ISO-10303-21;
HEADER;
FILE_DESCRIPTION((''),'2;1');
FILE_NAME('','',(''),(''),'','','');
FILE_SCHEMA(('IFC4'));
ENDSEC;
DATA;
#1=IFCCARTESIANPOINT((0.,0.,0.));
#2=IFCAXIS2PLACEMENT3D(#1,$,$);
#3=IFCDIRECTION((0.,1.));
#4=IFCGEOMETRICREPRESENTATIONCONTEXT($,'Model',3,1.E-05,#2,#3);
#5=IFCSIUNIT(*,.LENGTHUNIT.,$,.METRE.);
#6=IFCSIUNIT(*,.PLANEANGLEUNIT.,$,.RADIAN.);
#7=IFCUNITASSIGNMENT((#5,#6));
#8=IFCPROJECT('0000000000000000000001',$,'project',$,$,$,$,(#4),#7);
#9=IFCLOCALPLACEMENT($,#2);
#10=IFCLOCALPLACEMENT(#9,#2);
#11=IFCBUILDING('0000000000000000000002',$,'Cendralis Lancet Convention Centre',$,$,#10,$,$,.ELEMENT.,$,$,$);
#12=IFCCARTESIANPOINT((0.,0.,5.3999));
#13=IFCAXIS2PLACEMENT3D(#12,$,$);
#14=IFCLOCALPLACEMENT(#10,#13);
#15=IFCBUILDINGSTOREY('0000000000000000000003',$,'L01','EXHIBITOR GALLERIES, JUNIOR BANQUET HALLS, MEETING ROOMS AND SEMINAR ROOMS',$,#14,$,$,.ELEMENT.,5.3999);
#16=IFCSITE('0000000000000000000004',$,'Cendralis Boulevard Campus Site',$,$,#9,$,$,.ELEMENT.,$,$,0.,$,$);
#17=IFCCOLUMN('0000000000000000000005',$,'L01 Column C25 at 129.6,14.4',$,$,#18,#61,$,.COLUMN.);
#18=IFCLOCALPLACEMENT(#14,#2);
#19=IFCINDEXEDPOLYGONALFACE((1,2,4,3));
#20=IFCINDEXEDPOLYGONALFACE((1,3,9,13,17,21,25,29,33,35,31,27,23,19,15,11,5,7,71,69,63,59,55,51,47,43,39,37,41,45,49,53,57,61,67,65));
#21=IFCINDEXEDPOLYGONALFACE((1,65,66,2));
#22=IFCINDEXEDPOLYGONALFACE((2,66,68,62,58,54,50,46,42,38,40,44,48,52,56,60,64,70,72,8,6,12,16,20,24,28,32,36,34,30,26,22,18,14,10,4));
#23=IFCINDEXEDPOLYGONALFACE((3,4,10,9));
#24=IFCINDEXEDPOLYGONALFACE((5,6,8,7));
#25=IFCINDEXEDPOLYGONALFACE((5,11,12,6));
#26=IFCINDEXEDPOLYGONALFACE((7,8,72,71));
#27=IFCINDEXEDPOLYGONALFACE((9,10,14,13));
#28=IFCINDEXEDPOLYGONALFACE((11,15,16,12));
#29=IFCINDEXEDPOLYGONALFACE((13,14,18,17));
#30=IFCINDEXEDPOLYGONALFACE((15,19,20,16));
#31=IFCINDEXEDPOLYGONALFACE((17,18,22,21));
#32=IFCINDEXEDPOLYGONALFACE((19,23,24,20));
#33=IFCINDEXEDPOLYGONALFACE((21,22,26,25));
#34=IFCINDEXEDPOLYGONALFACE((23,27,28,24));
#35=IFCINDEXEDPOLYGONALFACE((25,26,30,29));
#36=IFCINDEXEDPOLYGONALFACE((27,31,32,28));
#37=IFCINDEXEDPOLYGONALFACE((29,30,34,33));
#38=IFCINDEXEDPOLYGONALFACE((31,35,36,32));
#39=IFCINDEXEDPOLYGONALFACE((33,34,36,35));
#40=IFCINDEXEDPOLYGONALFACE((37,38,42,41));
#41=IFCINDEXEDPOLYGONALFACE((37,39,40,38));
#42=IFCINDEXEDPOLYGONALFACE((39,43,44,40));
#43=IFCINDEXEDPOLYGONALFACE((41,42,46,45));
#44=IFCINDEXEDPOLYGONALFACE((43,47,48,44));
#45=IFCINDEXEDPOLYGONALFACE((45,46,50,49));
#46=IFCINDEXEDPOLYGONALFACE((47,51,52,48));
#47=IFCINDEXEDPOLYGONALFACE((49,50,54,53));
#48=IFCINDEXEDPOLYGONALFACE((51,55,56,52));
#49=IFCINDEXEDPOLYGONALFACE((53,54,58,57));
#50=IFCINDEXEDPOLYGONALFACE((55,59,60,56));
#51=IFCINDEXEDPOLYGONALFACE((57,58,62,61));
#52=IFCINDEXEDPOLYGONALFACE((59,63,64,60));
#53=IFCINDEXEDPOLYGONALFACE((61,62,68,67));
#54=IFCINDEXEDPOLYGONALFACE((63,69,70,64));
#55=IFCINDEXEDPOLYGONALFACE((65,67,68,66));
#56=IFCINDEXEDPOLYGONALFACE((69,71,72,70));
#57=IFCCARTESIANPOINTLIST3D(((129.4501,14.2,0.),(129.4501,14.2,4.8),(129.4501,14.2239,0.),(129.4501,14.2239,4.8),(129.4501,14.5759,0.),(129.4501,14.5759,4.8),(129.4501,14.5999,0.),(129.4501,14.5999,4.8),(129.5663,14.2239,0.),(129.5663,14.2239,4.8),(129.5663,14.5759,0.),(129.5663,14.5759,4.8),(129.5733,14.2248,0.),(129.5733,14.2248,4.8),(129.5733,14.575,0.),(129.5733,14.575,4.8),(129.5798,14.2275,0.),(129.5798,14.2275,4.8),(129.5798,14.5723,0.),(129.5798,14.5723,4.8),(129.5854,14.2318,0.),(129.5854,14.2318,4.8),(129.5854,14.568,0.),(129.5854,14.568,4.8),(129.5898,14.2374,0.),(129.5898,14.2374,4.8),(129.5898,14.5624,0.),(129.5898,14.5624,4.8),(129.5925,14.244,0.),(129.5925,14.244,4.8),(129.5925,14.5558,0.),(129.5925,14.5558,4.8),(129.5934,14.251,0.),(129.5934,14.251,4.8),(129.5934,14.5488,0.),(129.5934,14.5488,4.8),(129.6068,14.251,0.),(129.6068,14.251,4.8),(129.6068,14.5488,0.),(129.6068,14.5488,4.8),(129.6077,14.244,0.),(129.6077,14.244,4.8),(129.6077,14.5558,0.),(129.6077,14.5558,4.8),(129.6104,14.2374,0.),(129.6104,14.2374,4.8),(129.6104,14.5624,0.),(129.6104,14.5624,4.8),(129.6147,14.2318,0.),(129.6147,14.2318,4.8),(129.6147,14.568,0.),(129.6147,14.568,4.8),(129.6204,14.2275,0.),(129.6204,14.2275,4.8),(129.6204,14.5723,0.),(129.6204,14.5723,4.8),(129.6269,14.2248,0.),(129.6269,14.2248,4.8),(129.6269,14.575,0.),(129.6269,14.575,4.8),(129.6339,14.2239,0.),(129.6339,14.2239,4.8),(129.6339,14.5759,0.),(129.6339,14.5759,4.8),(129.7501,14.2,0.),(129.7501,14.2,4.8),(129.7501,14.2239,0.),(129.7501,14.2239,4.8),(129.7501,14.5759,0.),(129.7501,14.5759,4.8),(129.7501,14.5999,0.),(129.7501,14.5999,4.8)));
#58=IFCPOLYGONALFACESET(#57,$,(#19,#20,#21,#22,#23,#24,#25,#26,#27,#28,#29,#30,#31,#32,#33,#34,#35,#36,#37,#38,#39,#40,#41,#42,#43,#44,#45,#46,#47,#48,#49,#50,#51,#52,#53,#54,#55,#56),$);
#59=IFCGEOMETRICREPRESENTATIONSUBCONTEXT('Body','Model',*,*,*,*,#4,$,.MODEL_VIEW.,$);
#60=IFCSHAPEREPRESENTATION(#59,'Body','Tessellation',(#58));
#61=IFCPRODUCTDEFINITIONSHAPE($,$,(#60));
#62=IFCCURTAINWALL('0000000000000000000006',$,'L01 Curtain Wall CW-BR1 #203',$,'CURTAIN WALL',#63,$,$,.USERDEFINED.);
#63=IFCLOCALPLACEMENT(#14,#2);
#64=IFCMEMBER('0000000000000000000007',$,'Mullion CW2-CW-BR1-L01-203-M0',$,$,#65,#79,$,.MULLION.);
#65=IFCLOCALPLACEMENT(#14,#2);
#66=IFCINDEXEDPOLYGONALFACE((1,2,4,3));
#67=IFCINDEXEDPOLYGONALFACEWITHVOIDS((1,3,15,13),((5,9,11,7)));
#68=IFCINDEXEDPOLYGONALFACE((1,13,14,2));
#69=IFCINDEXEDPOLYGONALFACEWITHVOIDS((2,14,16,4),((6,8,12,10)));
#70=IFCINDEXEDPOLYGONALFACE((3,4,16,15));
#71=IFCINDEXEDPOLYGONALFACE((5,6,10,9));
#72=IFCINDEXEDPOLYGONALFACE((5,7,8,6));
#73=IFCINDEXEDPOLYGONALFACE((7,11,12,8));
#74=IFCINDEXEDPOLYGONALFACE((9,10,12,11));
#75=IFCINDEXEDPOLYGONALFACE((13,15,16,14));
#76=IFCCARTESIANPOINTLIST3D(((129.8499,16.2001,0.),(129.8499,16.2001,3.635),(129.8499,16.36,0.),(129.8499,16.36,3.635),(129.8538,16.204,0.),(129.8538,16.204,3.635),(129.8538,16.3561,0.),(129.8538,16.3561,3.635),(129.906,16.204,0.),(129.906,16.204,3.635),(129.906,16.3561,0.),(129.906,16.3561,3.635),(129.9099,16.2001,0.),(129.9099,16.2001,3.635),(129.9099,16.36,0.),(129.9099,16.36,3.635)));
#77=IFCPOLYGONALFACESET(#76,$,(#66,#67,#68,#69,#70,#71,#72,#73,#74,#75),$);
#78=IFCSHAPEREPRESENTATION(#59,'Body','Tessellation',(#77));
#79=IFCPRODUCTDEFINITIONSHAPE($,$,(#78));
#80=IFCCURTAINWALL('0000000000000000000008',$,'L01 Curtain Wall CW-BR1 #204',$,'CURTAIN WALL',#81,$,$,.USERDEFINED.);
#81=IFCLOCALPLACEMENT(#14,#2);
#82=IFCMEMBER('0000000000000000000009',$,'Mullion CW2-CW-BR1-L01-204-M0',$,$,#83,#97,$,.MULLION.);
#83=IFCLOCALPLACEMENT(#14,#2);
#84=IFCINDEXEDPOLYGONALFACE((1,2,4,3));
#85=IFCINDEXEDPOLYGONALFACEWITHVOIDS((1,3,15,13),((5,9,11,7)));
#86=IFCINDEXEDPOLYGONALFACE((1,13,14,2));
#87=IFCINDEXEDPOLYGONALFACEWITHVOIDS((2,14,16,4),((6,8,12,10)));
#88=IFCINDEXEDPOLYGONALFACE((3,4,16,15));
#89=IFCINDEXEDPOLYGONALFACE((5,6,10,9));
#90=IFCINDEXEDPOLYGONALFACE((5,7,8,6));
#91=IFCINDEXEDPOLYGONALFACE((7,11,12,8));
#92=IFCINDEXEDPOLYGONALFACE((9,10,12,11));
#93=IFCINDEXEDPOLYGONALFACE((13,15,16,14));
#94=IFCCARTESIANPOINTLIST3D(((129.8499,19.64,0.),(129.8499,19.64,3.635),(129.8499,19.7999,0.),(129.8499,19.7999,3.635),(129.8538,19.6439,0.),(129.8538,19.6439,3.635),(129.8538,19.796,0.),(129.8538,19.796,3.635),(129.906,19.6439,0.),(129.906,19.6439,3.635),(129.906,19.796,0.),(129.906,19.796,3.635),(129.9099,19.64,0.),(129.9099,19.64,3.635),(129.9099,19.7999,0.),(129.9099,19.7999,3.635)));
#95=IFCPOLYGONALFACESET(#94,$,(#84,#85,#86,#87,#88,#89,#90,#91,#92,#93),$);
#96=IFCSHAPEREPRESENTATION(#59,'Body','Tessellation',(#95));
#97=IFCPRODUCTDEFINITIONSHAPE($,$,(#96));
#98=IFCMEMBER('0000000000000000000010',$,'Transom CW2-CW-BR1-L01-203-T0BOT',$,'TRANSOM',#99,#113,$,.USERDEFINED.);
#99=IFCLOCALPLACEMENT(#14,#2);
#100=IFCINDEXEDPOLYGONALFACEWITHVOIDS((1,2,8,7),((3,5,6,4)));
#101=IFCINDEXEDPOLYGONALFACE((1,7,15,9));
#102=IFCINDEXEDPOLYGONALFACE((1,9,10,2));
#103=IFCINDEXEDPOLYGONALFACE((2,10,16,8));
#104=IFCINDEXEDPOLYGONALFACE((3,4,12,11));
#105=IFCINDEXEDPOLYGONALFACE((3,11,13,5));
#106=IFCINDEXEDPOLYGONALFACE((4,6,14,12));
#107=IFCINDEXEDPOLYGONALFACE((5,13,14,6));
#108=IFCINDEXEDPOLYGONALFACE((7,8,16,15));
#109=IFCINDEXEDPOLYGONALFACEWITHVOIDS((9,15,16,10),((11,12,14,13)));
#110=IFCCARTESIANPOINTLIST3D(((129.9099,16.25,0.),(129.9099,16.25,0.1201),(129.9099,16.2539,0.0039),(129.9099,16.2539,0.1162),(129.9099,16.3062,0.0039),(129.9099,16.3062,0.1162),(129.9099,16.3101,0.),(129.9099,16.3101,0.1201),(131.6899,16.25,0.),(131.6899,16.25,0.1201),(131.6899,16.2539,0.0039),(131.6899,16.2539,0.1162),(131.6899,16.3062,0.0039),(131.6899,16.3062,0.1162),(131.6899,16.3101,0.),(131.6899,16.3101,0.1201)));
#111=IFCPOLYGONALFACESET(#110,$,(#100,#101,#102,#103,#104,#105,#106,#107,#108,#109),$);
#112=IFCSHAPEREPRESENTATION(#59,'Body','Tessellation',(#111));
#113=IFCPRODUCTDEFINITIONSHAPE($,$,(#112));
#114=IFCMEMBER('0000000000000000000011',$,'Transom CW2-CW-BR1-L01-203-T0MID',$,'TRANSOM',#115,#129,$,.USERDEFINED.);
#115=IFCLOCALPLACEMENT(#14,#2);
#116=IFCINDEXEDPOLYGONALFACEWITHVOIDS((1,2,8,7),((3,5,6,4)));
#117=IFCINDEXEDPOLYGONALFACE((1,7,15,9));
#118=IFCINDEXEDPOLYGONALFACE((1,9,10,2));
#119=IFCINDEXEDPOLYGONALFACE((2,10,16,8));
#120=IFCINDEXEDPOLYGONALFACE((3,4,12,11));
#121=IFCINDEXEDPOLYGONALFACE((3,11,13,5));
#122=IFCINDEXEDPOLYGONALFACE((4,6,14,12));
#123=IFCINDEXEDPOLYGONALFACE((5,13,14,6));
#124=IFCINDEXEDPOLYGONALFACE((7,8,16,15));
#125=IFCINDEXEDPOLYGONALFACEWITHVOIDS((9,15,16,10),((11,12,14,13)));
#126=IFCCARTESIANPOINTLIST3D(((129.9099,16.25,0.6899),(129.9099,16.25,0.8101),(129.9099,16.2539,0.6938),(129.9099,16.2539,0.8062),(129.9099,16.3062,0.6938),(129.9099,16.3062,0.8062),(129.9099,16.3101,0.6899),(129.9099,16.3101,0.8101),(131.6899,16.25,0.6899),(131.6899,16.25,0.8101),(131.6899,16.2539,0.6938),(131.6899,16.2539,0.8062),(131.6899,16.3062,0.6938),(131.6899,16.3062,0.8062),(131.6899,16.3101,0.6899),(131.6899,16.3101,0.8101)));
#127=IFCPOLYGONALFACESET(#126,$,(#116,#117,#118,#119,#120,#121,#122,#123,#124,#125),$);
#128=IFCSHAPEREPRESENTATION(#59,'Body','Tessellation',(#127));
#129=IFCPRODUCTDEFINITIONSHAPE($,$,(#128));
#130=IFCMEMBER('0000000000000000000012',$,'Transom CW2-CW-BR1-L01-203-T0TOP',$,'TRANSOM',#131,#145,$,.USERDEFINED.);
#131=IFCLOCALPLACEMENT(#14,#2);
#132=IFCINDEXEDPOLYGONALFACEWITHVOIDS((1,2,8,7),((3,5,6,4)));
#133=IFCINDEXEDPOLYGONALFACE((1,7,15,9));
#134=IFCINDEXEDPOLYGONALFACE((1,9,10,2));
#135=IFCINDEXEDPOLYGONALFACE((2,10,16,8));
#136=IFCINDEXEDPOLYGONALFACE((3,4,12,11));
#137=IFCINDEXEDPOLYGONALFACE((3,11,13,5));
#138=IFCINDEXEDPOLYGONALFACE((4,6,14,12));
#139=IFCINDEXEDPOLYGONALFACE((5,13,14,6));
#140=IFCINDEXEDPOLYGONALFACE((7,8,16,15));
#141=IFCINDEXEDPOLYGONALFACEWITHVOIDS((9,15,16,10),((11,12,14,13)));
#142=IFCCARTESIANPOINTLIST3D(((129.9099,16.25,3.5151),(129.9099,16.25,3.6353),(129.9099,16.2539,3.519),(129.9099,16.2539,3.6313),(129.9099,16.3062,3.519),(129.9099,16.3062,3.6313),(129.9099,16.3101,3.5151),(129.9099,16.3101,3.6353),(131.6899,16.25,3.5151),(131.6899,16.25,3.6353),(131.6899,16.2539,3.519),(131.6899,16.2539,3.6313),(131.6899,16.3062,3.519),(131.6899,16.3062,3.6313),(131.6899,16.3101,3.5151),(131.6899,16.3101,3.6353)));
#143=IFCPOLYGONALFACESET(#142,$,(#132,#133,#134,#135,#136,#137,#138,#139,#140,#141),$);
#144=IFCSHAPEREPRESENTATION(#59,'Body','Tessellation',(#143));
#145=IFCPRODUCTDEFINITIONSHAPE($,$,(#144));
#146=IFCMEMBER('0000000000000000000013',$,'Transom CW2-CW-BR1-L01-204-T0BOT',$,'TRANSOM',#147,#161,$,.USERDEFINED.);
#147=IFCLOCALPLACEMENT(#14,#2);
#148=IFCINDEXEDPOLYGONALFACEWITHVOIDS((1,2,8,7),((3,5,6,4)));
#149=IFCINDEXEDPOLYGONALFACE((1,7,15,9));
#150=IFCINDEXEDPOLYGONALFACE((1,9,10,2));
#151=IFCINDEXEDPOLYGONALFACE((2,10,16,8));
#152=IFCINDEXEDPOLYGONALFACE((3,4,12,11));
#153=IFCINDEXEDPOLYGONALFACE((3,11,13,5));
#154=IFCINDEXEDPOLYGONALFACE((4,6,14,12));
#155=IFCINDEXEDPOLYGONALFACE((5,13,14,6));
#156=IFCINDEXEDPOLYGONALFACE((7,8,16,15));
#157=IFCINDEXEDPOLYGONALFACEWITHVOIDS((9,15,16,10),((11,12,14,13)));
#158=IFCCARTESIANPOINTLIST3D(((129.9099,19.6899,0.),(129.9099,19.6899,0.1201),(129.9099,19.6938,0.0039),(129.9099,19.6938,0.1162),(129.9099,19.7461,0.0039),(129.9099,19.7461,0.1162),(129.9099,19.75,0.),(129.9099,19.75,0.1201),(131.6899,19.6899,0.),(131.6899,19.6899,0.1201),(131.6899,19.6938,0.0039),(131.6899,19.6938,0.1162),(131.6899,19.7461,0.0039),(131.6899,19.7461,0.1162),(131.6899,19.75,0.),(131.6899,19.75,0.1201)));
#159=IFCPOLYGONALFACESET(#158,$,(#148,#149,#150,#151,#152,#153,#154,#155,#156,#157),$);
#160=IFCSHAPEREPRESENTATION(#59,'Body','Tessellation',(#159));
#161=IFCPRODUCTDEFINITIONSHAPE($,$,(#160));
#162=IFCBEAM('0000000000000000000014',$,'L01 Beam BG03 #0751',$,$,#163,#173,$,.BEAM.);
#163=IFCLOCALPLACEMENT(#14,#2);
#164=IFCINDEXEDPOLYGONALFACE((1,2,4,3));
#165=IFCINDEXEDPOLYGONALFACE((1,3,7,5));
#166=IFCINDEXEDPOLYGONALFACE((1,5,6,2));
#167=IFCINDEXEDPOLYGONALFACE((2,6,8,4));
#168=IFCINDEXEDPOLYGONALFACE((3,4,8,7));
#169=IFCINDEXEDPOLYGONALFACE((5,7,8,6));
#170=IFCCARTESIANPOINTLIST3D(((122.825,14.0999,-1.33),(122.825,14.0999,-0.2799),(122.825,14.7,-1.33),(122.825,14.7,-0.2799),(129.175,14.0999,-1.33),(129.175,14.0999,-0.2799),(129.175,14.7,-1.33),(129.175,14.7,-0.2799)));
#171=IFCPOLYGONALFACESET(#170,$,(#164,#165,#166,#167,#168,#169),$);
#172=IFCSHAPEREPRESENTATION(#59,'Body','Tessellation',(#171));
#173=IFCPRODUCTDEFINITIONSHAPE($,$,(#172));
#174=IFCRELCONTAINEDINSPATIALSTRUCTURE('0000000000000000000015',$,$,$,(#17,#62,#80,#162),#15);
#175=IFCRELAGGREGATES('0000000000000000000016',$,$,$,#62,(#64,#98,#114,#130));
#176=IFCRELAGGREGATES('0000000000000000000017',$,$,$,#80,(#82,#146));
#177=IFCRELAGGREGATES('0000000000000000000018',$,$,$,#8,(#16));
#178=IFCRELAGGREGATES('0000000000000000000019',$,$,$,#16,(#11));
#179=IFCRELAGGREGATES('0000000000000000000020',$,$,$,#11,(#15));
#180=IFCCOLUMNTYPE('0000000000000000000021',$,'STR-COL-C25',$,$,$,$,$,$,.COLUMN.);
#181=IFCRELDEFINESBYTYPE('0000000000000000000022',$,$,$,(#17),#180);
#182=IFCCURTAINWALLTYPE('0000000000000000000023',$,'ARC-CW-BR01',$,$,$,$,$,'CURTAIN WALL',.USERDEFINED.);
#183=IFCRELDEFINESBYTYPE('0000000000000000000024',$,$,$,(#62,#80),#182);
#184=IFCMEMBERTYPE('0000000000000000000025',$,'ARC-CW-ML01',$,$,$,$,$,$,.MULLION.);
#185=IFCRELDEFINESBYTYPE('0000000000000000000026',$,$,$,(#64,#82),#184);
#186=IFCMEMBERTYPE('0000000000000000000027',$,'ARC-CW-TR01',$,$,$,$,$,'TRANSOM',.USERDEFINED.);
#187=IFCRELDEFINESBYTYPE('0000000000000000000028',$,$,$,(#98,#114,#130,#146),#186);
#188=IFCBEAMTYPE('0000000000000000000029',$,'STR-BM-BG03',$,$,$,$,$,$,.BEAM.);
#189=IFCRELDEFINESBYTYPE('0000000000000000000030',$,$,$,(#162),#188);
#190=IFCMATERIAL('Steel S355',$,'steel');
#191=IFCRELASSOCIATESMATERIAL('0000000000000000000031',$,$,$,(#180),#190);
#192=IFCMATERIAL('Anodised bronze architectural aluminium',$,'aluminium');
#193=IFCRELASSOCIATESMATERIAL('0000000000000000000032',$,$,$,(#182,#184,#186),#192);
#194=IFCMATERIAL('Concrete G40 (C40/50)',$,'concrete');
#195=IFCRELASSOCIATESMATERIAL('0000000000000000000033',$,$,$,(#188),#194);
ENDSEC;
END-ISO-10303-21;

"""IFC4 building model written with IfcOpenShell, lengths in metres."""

from ifc_helpers import new_model, si_unit, direction, frame, origin, origin_2d, place, context, subcontext, project, spatial, rectangle, hollow_rectangle, i_section, extrude, material, material_profile, profile_set, type_object, element, aggregate, save


model = new_model("IFC4")

# Units and contexts
model_context = context("Model", 3, precision=1e-05, world=origin(), true_north=direction((0.0, 1.0)))
body_context = subcontext(model_context, "Body", "Model", "MODEL_VIEW")
ifc_project = project(units=[si_unit("LENGTHUNIT", "METRE"), si_unit("PLANEANGLEUNIT", "RADIAN")], contexts=[model_context])

# Site, building, storey
site_placement = place(None, origin())
site = spatial("IfcSite", under=ifc_project, at=site_placement, Name="Cendralis Boulevard Campus Site", CompositionType="ELEMENT", RefElevation=0.0)
building_placement = place(site_placement, origin())
building = spatial("IfcBuilding", under=site, at=building_placement, Name="Cendralis Lancet Convention Centre", CompositionType="ELEMENT")
storey_placement = place(building_placement, frame((0.0, 0.0, 5.3999)))
storey = spatial("IfcBuildingStorey", under=building, at=storey_placement, Name="L01", Description="EXHIBITOR GALLERIES, JUNIOR BANQUET HALLS, MEETING ROOMS AND SEMINAR ROOMS", CompositionType="ELEMENT", Elevation=5.3999)

# Column
ifc_material_1 = material(Name="Steel S355", Category="steel")
ifc_material_profile_1 = material_profile(ifc_material_1, i_section(OverallWidth=0.3, OverallDepth=0.3999, WebThickness=0.0134, FlangeThickness=0.0239, FilletRadius=0.0271, at=origin_2d()), Name="HEB 400")
ifc_profile_set_1 = profile_set([ifc_material_profile_1], Name="Steel S355")
column_type = type_object("IfcColumnType", Name="STR-COL-C25", PredefinedType="COLUMN", material=ifc_profile_set_1)
column_placement = place(storey_placement, frame((129.6001, 14.3999, 0.0), z_axis=(0.0, 0.0, 1.0), x_axis=(1.0, 0.0, 0.0)))
element("IfcColumn", 1, at=column_placement, inside=storey, type_object=column_type, Name="L01 Column C25 at 129.6,14.4", PredefinedType="COLUMN", context=body_context, shape_type="SweptSolid", body=[
    extrude(i_section(OverallWidth=0.3, OverallDepth=0.3999, WebThickness=0.0134, FlangeThickness=0.0239, FilletRadius=0.0271, at=origin_2d()), origin(), (0.0, 0.0, 1.0), 4.8),
])

# Curtain walls, members
ifc_material_2 = material(Name="Anodised bronze architectural aluminium", Category="aluminium")
curtain_wall_type = type_object("IfcCurtainWallType", Name="ARC-CW-BR01", ElementType="CURTAIN WALL", PredefinedType="USERDEFINED", material=ifc_material_2)
curtain_wall_1_placement = place(storey_placement, origin())
curtain_wall_1 = element("IfcCurtainWall", 2, at=curtain_wall_1_placement, inside=storey, type_object=curtain_wall_type, Name="L01 Curtain Wall CW-BR1 #203", ObjectType="CURTAIN WALL", PredefinedType="USERDEFINED")
ifc_material_profile_2 = material_profile(ifc_material_2, hollow_rectangle(XDim=0.0601, YDim=0.1599, WallThickness=0.0039, at=origin_2d()), Name="AL-MULL 60x160x4.0")
ifc_profile_set_2 = profile_set([ifc_material_profile_2], Name="Anodised bronze architectural aluminium")
member_type_1 = type_object("IfcMemberType", Name="ARC-CW-ML01", PredefinedType="MULLION", material=ifc_profile_set_2)
member_1_placement = place(storey_placement, frame((129.8799, 16.28, 0.0), z_axis=(0.0, 0.0, 1.0), x_axis=(1.0, 0.0, 0.0)))
member_1 = element("IfcMember", 3, at=member_1_placement, type_object=member_type_1, Name="Mullion CW2-CW-BR1-L01-203-M0", PredefinedType="MULLION", context=body_context, shape_type="SweptSolid", body=[
    extrude(hollow_rectangle(XDim=0.0601, YDim=0.1599, WallThickness=0.0039, at=origin_2d()), origin(), (0.0, 0.0, 1.0), 3.635),
])
curtain_wall_2_placement = place(storey_placement, origin())
curtain_wall_2 = element("IfcCurtainWall", 4, at=curtain_wall_2_placement, inside=storey, type_object=curtain_wall_type, Name="L01 Curtain Wall CW-BR1 #204", ObjectType="CURTAIN WALL", PredefinedType="USERDEFINED")
member_2_placement = place(storey_placement, frame((129.8799, 19.72, 0.0), z_axis=(0.0, 0.0, 1.0), x_axis=(1.0, 0.0, 0.0)))
member_2 = element("IfcMember", 5, at=member_2_placement, type_object=member_type_1, Name="Mullion CW2-CW-BR1-L01-204-M0", PredefinedType="MULLION", context=body_context, shape_type="SweptSolid", body=[
    extrude(hollow_rectangle(XDim=0.0601, YDim=0.1599, WallThickness=0.0039, at=origin_2d()), origin(), (0.0, 0.0, 1.0), 3.635),
])

# Members
ifc_material_profile_3 = material_profile(ifc_material_2, hollow_rectangle(XDim=0.0601, YDim=0.1201, WallThickness=0.0039, at=origin_2d()), Name="AL-TRAN 60x120x4.0")
ifc_profile_set_3 = profile_set([ifc_material_profile_3], Name="Anodised bronze architectural aluminium")
member_type_2 = type_object("IfcMemberType", Name="ARC-CW-TR01", ElementType="TRANSOM", PredefinedType="USERDEFINED", material=ifc_profile_set_3)
member_3_placement = place(storey_placement, frame((129.9099, 16.28, 0.0601), z_axis=(1.0, 0.0, 0.0), x_axis=(0.0, 1.0, 0.0)))
member_3 = element("IfcMember", 6, at=member_3_placement, type_object=member_type_2, Name="Transom CW2-CW-BR1-L01-203-T0BOT", ObjectType="TRANSOM", PredefinedType="USERDEFINED", context=body_context, shape_type="SweptSolid", body=[
    extrude(hollow_rectangle(XDim=0.0601, YDim=0.1201, WallThickness=0.0039, at=origin_2d()), origin(), (0.0, 0.0, 1.0), 1.78),
])
member_4_placement = place(storey_placement, frame((129.9099, 16.28, 0.75), z_axis=(1.0, 0.0, 0.0), x_axis=(0.0, 1.0, 0.0)))
member_4 = element("IfcMember", 7, at=member_4_placement, type_object=member_type_2, Name="Transom CW2-CW-BR1-L01-203-T0MID", ObjectType="TRANSOM", PredefinedType="USERDEFINED", context=body_context, shape_type="SweptSolid", body=[
    extrude(hollow_rectangle(XDim=0.0601, YDim=0.1201, WallThickness=0.0039, at=origin_2d()), origin(), (0.0, 0.0, 1.0), 1.78),
])
member_5_placement = place(storey_placement, frame((129.9099, 16.28, 3.5752), z_axis=(1.0, 0.0, 0.0), x_axis=(0.0, 1.0, 0.0)))
member_5 = element("IfcMember", 8, at=member_5_placement, type_object=member_type_2, Name="Transom CW2-CW-BR1-L01-203-T0TOP", ObjectType="TRANSOM", PredefinedType="USERDEFINED", context=body_context, shape_type="SweptSolid", body=[
    extrude(hollow_rectangle(XDim=0.0601, YDim=0.1201, WallThickness=0.0039, at=origin_2d()), origin(), (0.0, 0.0, 1.0), 1.78),
])
aggregate(curtain_wall_1, [member_1, member_3, member_4, member_5])
member_6_placement = place(storey_placement, frame((129.9099, 19.72, 0.0601), z_axis=(1.0, 0.0, 0.0), x_axis=(0.0, 1.0, 0.0)))
member_6 = element("IfcMember", 9, at=member_6_placement, type_object=member_type_2, Name="Transom CW2-CW-BR1-L01-204-T0BOT", ObjectType="TRANSOM", PredefinedType="USERDEFINED", context=body_context, shape_type="SweptSolid", body=[
    extrude(hollow_rectangle(XDim=0.0601, YDim=0.1201, WallThickness=0.0039, at=origin_2d()), origin(), (0.0, 0.0, 1.0), 1.78),
])
aggregate(curtain_wall_2, [member_2, member_6])

# Beam
ifc_material_3 = material(Name="Concrete G40 (C40/50)", Category="concrete")
ifc_material_profile_4 = material_profile(ifc_material_3, rectangle(XDim=0.6001, YDim=1.05, at=origin_2d()), Name="RCB 600x1050")
ifc_profile_set_4 = profile_set([ifc_material_profile_4], Name="Concrete G40 (C40/50)")
beam_type_1 = type_object("IfcBeamType", Name="STR-BM-BG03", PredefinedType="BEAM", material=ifc_profile_set_4)
beam_1_placement = place(storey_placement, frame((122.825, 14.3999, -0.8049), z_axis=(1.0, 0.0, 0.0), x_axis=(0.0, 1.0, 0.0)))
element("IfcBeam", 10, at=beam_1_placement, inside=storey, type_object=beam_type_1, Name="L01 Beam BG03 #0751", PredefinedType="BEAM", context=body_context, shape_type="SweptSolid", body=[
    extrude(rectangle(XDim=0.6001, YDim=1.05, at=origin_2d()), origin(), (0.0, 0.0, 1.0), 6.3501),
])

save(model, "model.ifc")
